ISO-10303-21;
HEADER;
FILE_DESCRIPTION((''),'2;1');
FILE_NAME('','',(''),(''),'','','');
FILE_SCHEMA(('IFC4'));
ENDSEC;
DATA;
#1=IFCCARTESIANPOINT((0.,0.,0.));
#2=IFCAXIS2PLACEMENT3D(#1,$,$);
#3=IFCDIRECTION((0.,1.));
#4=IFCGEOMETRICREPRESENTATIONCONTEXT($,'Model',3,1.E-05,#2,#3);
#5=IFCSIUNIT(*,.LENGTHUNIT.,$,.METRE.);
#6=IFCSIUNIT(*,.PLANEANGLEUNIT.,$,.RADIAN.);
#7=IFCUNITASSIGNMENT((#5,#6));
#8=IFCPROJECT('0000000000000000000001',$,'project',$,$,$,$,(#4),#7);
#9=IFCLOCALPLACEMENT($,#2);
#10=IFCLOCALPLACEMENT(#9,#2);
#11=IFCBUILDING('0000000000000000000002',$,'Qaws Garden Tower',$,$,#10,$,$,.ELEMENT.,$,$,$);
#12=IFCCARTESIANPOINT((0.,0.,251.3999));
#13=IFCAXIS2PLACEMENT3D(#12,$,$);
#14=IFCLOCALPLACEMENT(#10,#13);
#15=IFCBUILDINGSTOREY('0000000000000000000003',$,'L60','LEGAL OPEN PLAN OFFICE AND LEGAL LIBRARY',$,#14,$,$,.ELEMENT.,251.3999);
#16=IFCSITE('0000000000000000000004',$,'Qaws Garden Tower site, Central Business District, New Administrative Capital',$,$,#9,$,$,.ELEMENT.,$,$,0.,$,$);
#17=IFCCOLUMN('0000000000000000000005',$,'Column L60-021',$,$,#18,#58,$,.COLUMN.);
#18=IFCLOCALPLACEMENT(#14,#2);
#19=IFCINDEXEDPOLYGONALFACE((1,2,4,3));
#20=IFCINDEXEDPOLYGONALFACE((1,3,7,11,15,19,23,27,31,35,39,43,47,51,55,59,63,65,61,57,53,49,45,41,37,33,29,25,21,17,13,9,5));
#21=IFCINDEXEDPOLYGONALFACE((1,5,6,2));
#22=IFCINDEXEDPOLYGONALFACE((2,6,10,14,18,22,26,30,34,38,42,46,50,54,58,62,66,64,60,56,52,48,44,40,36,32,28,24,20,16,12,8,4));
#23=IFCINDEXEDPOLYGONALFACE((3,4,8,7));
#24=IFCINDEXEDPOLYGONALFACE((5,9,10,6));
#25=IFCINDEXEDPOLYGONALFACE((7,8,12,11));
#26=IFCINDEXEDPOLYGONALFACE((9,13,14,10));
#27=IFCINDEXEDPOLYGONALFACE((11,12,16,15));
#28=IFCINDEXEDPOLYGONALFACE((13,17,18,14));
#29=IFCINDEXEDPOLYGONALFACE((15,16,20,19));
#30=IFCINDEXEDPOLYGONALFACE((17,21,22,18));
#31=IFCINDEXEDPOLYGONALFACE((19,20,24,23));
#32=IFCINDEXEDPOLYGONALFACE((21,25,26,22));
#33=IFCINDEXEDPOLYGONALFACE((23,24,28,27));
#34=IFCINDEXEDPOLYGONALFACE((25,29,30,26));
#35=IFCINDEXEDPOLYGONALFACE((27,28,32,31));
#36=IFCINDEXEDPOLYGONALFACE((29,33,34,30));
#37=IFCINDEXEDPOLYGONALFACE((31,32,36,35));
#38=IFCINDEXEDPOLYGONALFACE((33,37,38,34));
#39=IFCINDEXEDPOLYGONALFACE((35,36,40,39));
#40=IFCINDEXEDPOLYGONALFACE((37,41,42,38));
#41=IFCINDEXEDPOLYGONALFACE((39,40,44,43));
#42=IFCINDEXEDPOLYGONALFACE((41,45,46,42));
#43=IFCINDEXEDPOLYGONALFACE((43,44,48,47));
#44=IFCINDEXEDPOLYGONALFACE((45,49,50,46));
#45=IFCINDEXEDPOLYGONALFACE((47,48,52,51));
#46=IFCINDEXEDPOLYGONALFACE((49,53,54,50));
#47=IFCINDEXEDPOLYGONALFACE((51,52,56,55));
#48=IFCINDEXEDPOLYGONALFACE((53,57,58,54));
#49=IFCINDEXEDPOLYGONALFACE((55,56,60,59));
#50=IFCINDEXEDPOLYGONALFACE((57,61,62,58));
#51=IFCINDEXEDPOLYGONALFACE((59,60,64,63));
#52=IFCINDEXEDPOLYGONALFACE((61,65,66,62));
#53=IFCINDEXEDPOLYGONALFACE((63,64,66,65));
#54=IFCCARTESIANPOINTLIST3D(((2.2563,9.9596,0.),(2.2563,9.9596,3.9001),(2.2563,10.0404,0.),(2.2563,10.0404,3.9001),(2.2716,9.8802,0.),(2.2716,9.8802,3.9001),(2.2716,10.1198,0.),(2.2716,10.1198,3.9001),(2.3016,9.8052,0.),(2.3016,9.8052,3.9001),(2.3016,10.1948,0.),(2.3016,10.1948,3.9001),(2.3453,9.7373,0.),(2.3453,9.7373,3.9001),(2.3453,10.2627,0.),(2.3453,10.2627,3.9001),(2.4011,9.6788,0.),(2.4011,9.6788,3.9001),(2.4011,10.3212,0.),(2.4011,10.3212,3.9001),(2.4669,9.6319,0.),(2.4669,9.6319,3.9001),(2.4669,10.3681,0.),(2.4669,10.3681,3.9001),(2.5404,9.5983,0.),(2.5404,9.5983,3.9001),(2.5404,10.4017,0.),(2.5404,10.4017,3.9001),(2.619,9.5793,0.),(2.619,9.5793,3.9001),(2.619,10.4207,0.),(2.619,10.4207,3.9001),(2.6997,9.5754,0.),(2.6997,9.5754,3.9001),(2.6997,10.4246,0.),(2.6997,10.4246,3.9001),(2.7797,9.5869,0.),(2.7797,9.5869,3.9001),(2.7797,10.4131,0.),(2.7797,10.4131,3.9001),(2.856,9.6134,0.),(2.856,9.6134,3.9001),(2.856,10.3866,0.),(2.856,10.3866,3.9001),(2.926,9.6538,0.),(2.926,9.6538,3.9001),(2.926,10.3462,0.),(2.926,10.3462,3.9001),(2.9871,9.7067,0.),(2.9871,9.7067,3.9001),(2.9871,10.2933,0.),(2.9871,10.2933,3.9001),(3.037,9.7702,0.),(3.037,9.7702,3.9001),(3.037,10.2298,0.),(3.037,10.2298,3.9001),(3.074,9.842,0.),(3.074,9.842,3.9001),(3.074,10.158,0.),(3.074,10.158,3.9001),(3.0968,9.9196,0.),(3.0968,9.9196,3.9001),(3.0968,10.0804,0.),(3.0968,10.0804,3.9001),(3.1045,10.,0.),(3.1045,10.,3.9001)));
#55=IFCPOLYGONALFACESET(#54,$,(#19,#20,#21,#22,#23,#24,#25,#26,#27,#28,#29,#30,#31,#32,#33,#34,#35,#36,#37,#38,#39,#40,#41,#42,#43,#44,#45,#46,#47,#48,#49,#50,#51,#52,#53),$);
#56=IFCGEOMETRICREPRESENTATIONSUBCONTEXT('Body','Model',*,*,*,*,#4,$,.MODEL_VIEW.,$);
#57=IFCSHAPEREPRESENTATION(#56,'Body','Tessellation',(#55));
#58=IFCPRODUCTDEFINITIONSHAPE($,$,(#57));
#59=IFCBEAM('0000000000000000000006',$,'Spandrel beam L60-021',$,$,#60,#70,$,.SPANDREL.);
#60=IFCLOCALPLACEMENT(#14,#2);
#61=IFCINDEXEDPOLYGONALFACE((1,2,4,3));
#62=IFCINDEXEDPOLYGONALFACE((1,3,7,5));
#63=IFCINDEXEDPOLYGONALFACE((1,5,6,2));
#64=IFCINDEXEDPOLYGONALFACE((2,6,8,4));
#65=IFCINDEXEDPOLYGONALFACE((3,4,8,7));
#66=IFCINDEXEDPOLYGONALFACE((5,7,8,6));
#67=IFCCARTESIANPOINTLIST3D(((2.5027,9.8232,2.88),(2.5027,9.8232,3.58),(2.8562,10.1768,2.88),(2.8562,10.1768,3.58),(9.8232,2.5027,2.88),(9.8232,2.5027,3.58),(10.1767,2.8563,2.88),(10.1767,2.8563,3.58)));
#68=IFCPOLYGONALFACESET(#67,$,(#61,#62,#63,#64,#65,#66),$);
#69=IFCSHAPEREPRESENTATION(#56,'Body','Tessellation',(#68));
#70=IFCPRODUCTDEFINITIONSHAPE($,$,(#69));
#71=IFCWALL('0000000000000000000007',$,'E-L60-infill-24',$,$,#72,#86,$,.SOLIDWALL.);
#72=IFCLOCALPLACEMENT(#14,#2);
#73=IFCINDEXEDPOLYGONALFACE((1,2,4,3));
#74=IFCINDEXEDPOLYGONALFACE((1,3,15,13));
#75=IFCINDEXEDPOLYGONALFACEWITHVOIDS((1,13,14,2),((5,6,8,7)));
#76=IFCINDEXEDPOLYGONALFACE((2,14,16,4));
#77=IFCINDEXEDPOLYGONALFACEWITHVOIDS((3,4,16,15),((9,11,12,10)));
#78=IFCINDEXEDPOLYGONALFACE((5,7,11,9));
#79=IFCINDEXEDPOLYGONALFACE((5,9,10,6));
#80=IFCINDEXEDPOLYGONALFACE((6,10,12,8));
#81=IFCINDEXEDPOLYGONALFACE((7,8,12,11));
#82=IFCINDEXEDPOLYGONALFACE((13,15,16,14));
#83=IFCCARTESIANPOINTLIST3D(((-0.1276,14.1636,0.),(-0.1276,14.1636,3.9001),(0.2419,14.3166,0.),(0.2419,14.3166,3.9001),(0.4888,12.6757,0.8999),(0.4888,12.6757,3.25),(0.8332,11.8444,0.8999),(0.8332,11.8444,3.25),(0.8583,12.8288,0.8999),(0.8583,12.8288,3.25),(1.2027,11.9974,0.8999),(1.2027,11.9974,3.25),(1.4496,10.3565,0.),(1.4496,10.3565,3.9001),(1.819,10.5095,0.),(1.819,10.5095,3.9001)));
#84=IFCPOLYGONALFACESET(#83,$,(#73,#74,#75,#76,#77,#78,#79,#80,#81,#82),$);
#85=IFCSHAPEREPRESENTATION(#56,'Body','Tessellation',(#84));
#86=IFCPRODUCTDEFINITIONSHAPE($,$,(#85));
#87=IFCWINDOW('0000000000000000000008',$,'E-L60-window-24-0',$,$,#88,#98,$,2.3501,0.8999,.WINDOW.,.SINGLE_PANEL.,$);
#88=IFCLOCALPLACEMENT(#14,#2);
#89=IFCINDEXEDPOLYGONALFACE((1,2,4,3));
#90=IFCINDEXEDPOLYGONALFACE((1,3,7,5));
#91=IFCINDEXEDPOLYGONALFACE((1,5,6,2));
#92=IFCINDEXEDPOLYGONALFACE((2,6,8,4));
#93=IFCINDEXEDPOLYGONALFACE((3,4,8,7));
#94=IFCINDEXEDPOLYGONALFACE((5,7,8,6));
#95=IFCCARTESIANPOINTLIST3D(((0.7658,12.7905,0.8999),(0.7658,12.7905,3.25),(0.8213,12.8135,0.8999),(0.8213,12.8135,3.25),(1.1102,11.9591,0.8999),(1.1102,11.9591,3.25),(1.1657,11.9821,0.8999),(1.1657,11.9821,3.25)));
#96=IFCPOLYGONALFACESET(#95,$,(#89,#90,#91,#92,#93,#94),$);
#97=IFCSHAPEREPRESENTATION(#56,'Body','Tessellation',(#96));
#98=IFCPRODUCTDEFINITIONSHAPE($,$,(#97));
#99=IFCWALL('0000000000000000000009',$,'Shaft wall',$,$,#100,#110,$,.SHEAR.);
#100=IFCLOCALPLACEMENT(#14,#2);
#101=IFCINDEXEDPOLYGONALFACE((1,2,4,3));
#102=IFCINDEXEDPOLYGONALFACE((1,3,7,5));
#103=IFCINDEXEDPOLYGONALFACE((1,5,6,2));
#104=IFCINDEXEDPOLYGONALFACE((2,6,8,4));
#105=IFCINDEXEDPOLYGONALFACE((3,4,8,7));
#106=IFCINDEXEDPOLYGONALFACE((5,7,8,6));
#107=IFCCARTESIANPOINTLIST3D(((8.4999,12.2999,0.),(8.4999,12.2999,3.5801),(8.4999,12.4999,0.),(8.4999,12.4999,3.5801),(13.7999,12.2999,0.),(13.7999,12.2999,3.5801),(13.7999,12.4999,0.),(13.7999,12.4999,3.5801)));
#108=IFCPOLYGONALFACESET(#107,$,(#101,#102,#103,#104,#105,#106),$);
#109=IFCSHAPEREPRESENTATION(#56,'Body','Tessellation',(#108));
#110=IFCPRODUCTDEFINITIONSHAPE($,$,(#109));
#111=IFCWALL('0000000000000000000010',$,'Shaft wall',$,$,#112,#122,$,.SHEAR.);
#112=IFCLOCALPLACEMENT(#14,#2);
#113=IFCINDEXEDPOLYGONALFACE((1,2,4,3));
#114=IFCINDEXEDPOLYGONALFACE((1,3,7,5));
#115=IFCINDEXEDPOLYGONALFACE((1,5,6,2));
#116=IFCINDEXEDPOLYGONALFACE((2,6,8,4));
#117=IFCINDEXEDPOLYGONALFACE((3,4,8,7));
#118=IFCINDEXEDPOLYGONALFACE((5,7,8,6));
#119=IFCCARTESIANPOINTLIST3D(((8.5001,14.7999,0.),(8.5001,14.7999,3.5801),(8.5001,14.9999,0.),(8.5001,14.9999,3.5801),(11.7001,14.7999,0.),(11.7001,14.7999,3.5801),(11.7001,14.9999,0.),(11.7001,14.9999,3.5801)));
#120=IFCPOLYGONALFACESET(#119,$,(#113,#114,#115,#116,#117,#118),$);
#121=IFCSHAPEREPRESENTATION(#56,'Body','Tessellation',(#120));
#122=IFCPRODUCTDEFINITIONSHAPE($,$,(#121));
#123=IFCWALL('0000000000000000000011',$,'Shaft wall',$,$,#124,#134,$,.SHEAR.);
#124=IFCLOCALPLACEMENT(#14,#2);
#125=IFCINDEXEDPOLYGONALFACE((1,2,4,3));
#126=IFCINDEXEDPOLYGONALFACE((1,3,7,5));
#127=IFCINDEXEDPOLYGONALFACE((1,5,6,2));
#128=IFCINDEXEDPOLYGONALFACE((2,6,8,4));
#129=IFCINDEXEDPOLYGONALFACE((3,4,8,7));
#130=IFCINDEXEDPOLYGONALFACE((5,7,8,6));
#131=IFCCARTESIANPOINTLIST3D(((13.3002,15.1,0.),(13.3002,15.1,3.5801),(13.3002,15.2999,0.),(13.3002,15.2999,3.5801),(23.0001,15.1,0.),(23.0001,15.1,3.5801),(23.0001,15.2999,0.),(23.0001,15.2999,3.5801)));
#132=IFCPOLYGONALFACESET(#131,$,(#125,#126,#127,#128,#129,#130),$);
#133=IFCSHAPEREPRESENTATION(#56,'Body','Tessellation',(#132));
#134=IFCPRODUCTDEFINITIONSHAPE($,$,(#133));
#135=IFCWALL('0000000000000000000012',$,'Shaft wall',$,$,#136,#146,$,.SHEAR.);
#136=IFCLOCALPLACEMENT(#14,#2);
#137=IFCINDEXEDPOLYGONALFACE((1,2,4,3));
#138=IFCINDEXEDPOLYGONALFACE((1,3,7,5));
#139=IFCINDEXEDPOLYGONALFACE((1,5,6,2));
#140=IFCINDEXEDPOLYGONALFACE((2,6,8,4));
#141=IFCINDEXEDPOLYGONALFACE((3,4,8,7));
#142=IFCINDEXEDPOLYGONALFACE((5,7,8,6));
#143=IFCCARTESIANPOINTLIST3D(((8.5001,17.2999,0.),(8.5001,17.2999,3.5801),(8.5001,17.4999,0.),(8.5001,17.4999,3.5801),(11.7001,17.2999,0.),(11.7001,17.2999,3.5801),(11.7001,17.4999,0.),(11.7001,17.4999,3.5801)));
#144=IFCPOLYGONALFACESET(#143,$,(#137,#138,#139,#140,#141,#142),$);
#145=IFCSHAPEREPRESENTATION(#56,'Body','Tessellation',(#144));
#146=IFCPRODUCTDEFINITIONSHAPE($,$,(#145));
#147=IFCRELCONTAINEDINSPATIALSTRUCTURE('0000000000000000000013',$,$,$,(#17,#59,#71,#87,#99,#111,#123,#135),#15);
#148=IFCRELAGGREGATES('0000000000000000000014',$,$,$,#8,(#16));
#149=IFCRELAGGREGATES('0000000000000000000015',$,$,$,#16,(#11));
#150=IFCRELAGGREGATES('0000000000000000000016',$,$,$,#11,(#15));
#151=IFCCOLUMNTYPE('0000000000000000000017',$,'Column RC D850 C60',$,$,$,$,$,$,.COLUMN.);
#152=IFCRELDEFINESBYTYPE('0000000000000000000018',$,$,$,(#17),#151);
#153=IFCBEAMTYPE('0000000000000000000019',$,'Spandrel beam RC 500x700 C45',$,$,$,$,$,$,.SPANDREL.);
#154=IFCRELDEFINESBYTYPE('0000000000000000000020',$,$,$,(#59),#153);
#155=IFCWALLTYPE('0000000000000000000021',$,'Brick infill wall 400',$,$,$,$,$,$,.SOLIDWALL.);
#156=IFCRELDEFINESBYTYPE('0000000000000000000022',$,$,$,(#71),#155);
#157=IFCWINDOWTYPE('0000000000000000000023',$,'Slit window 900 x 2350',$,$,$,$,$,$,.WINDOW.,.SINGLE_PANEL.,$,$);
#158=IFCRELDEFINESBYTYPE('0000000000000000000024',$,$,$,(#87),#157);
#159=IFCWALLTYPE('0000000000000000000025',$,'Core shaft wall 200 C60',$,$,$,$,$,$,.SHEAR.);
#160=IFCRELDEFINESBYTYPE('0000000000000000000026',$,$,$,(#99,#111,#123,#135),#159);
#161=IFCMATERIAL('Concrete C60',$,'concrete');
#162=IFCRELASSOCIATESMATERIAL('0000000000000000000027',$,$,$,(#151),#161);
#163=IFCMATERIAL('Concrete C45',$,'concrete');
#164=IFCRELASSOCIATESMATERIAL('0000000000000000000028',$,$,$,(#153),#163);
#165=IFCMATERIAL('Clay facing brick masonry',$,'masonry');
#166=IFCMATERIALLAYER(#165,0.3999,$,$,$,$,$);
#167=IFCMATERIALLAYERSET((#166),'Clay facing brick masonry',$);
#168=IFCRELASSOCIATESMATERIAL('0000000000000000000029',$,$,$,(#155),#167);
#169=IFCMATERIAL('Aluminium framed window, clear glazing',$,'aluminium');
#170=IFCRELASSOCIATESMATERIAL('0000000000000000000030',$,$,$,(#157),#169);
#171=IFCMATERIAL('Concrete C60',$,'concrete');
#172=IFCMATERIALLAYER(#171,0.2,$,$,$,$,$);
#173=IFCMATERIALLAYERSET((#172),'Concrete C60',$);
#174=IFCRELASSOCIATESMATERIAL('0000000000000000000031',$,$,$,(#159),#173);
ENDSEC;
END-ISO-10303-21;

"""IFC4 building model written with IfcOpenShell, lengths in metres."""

from ifc_helpers import new_model, si_unit, direction, frame, frame_2d, origin, origin_2d, place, context, subcontext, project, spatial, rectangle, circle, extrude, material, layer, layer_set, material_profile, profile_set, type_object, element, fill, save


model = new_model("IFC4")

# Units and contexts
model_context = context("Model", 3, precision=1e-05, world=origin(), true_north=direction((0.0, 1.0)))
body_context = subcontext(model_context, "Body", "Model", "MODEL_VIEW")
ifc_project = project(units=[si_unit("LENGTHUNIT", "METRE"), si_unit("PLANEANGLEUNIT", "RADIAN")], contexts=[model_context])

# Site, building, storey
site_placement = place(None, origin())
site = spatial("IfcSite", under=ifc_project, at=site_placement, Name="Qaws Garden Tower site, Central Business District, New Administrative Capital", CompositionType="ELEMENT", RefElevation=0.0)
building_placement = place(site_placement, origin())
building = spatial("IfcBuilding", under=site, at=building_placement, Name="Qaws Garden Tower", CompositionType="ELEMENT")
storey_placement = place(building_placement, frame((0.0, 0.0, 251.3999)))
storey = spatial("IfcBuildingStorey", under=building, at=storey_placement, Name="L60", Description="LEGAL OPEN PLAN OFFICE AND LEGAL LIBRARY", CompositionType="ELEMENT", Elevation=251.3999)

# Column
ifc_material_1 = material(Name="Concrete C60", Category="concrete")
ifc_material_profile_1 = material_profile(ifc_material_1, circle(Radius=0.425, at=origin_2d()), Name="RC D850")
ifc_profile_set_1 = profile_set([ifc_material_profile_1], Name="Concrete C60")
column_type = type_object("IfcColumnType", Name="Column RC D850 C60", PredefinedType="COLUMN", material=ifc_profile_set_1)
column_placement = place(storey_placement, frame((2.6794, 10.0, 0.0), z_axis=(0.0, 0.0, 1.0), x_axis=(1.0, 0.0, 0.0)))
element("IfcColumn", 1, at=column_placement, inside=storey, type_object=column_type, Name="Column L60-021", PredefinedType="COLUMN", context=body_context, shape_type="SweptSolid", body=[
    extrude(circle(Radius=0.425, at=origin_2d()), origin(), (0.0, 0.0, 1.0), 3.9001),
])

# Beam
ifc_material_2 = material(Name="Concrete C45", Category="concrete")
ifc_material_profile_2 = material_profile(ifc_material_2, rectangle(XDim=0.5, YDim=0.7, at=origin_2d()), Name="RC 500x700")
ifc_profile_set_2 = profile_set([ifc_material_profile_2], Name="Concrete C45")
beam_type = type_object("IfcBeamType", Name="Spandrel beam RC 500x700 C45", PredefinedType="SPANDREL", material=ifc_profile_set_2)
beam_placement = place(storey_placement, frame((2.6794, 10.0, 3.23), z_axis=(0.707107, -0.707107, 0.0), x_axis=(0.707107, 0.707107, 0.0)))
element("IfcBeam", 2, at=beam_placement, inside=storey, type_object=beam_type, Name="Spandrel beam L60-021", PredefinedType="SPANDREL", context=body_context, shape_type="SweptSolid", body=[
    extrude(rectangle(XDim=0.5, YDim=0.7, at=origin_2d()), origin(), (0.0, 0.0, 1.0), 10.3528),
])

# Wall, opening, window
ifc_material_3 = material(Name="Clay facing brick masonry", Category="masonry")
ifc_layer_1 = layer(ifc_material_3, 0.3999)
ifc_layer_set_1 = layer_set([ifc_layer_1], Name="Clay facing brick masonry")
wall_type_1 = type_object("IfcWallType", Name="Brick infill wall 400", PredefinedType="SOLIDWALL", material=ifc_layer_set_1)
wall_1_placement = place(storey_placement, frame((0.0571, 14.2402, 0.0), z_axis=(0.0, 0.0, 1.0), x_axis=(0.382722, -0.923864, 0.0)))
wall_1 = element("IfcWall", 3, at=wall_1_placement, inside=storey, type_object=wall_type_1, Name="E-L60-infill-24", PredefinedType="SOLIDWALL", context=body_context, shape_type="SweptSolid", body=[
    extrude(rectangle(XDim=4.1208, YDim=0.3999, at=frame_2d((2.0605, 0.0))), origin(), (0.0, 0.0, 1.0), 3.9001),
])
opening_1_placement = place(wall_1_placement, frame((1.6106, 0.0, 0.8999)))
opening_1 = element("IfcOpeningElement", 4, at=opening_1_placement, cuts=wall_1, PredefinedType="OPENING", context=body_context, shape_type="SweptSolid", body=[
    extrude(rectangle(XDim=0.8999, YDim=2.3501, at=frame_2d((0.45, 1.175))), frame((0.0, 0.21, 0.0), z_axis=(0.0, -1.0, 0.0), x_axis=(1.0, 0.0, 0.0)), (0.0, 0.0, 1.0), 0.4199),
])
ifc_material_4 = material(Name="Aluminium framed window, clear glazing", Category="aluminium")
window_type = type_object("IfcWindowType", Name="Slit window 900 x 2350", PartitioningType="SINGLE_PANEL", PredefinedType="WINDOW", material=ifc_material_4)
window_placement = place(opening_1_placement, origin())
window = element("IfcWindow", 5, at=window_placement, inside=storey, type_object=window_type, Name="E-L60-window-24-0", OverallHeight=2.3501, OverallWidth=0.8999, PartitioningType="SINGLE_PANEL", PredefinedType="WINDOW", context=body_context, shape_type="SweptSolid", body=[
    extrude(rectangle(XDim=0.8999, YDim=2.3501, at=frame_2d((0.45, 1.175))), frame((0.0, 0.1599, 0.0), z_axis=(0.0, -1.0, 0.0), x_axis=(1.0, 0.0, 0.0)), (0.0, 0.0, 1.0), 0.0601),
])
fill(opening_1, window)

# Walls
ifc_material_5 = material(Name="Concrete C60", Category="concrete")
ifc_layer_2 = layer(ifc_material_5, 0.2)
ifc_layer_set_2 = layer_set([ifc_layer_2], Name="Concrete C60")
wall_type_2 = type_object("IfcWallType", Name="Core shaft wall 200 C60", PredefinedType="SHEAR", material=ifc_layer_set_2)
wall_2_placement = place(storey_placement, frame((8.5, 12.3999, 0.0), z_axis=(0.0, 0.0, 1.0), x_axis=(1.0, 0.0, 0.0)))
element("IfcWall", 6, at=wall_2_placement, inside=storey, type_object=wall_type_2, Name="Shaft wall", PredefinedType="SHEAR", context=body_context, shape_type="SweptSolid", body=[
    extrude(rectangle(XDim=5.3, YDim=0.2, at=frame_2d((2.6499, 0.0))), origin(), (0.0, 0.0, 1.0), 3.5801),
])
wall_3_placement = place(storey_placement, frame((8.5, 14.8999, 0.0), z_axis=(0.0, 0.0, 1.0), x_axis=(1.0, 0.0, 0.0)))
element("IfcWall", 7, at=wall_3_placement, inside=storey, type_object=wall_type_2, Name="Shaft wall", PredefinedType="SHEAR", context=body_context, shape_type="SweptSolid", body=[
    extrude(rectangle(XDim=3.2, YDim=0.2, at=frame_2d((1.6001, 0.0))), origin(), (0.0, 0.0, 1.0), 3.5801),
])
wall_4_placement = place(storey_placement, frame((13.3, 15.2, 0.0), z_axis=(0.0, 0.0, 1.0), x_axis=(1.0, 0.0, 0.0)))
element("IfcWall", 8, at=wall_4_placement, inside=storey, type_object=wall_type_2, Name="Shaft wall", PredefinedType="SHEAR", context=body_context, shape_type="SweptSolid", body=[
    extrude(rectangle(XDim=9.7, YDim=0.2, at=frame_2d((4.8501, 0.0))), origin(), (0.0, 0.0, 1.0), 3.5801),
])
wall_5_placement = place(storey_placement, frame((8.5, 17.3999, 0.0), z_axis=(0.0, 0.0, 1.0), x_axis=(1.0, 0.0, 0.0)))
element("IfcWall", 9, at=wall_5_placement, inside=storey, type_object=wall_type_2, Name="Shaft wall", PredefinedType="SHEAR", context=body_context, shape_type="SweptSolid", body=[
    extrude(rectangle(XDim=3.2, YDim=0.2, at=frame_2d((1.6001, 0.0))), origin(), (0.0, 0.0, 1.0), 3.5801),
])

save(model, "model.ifc")
